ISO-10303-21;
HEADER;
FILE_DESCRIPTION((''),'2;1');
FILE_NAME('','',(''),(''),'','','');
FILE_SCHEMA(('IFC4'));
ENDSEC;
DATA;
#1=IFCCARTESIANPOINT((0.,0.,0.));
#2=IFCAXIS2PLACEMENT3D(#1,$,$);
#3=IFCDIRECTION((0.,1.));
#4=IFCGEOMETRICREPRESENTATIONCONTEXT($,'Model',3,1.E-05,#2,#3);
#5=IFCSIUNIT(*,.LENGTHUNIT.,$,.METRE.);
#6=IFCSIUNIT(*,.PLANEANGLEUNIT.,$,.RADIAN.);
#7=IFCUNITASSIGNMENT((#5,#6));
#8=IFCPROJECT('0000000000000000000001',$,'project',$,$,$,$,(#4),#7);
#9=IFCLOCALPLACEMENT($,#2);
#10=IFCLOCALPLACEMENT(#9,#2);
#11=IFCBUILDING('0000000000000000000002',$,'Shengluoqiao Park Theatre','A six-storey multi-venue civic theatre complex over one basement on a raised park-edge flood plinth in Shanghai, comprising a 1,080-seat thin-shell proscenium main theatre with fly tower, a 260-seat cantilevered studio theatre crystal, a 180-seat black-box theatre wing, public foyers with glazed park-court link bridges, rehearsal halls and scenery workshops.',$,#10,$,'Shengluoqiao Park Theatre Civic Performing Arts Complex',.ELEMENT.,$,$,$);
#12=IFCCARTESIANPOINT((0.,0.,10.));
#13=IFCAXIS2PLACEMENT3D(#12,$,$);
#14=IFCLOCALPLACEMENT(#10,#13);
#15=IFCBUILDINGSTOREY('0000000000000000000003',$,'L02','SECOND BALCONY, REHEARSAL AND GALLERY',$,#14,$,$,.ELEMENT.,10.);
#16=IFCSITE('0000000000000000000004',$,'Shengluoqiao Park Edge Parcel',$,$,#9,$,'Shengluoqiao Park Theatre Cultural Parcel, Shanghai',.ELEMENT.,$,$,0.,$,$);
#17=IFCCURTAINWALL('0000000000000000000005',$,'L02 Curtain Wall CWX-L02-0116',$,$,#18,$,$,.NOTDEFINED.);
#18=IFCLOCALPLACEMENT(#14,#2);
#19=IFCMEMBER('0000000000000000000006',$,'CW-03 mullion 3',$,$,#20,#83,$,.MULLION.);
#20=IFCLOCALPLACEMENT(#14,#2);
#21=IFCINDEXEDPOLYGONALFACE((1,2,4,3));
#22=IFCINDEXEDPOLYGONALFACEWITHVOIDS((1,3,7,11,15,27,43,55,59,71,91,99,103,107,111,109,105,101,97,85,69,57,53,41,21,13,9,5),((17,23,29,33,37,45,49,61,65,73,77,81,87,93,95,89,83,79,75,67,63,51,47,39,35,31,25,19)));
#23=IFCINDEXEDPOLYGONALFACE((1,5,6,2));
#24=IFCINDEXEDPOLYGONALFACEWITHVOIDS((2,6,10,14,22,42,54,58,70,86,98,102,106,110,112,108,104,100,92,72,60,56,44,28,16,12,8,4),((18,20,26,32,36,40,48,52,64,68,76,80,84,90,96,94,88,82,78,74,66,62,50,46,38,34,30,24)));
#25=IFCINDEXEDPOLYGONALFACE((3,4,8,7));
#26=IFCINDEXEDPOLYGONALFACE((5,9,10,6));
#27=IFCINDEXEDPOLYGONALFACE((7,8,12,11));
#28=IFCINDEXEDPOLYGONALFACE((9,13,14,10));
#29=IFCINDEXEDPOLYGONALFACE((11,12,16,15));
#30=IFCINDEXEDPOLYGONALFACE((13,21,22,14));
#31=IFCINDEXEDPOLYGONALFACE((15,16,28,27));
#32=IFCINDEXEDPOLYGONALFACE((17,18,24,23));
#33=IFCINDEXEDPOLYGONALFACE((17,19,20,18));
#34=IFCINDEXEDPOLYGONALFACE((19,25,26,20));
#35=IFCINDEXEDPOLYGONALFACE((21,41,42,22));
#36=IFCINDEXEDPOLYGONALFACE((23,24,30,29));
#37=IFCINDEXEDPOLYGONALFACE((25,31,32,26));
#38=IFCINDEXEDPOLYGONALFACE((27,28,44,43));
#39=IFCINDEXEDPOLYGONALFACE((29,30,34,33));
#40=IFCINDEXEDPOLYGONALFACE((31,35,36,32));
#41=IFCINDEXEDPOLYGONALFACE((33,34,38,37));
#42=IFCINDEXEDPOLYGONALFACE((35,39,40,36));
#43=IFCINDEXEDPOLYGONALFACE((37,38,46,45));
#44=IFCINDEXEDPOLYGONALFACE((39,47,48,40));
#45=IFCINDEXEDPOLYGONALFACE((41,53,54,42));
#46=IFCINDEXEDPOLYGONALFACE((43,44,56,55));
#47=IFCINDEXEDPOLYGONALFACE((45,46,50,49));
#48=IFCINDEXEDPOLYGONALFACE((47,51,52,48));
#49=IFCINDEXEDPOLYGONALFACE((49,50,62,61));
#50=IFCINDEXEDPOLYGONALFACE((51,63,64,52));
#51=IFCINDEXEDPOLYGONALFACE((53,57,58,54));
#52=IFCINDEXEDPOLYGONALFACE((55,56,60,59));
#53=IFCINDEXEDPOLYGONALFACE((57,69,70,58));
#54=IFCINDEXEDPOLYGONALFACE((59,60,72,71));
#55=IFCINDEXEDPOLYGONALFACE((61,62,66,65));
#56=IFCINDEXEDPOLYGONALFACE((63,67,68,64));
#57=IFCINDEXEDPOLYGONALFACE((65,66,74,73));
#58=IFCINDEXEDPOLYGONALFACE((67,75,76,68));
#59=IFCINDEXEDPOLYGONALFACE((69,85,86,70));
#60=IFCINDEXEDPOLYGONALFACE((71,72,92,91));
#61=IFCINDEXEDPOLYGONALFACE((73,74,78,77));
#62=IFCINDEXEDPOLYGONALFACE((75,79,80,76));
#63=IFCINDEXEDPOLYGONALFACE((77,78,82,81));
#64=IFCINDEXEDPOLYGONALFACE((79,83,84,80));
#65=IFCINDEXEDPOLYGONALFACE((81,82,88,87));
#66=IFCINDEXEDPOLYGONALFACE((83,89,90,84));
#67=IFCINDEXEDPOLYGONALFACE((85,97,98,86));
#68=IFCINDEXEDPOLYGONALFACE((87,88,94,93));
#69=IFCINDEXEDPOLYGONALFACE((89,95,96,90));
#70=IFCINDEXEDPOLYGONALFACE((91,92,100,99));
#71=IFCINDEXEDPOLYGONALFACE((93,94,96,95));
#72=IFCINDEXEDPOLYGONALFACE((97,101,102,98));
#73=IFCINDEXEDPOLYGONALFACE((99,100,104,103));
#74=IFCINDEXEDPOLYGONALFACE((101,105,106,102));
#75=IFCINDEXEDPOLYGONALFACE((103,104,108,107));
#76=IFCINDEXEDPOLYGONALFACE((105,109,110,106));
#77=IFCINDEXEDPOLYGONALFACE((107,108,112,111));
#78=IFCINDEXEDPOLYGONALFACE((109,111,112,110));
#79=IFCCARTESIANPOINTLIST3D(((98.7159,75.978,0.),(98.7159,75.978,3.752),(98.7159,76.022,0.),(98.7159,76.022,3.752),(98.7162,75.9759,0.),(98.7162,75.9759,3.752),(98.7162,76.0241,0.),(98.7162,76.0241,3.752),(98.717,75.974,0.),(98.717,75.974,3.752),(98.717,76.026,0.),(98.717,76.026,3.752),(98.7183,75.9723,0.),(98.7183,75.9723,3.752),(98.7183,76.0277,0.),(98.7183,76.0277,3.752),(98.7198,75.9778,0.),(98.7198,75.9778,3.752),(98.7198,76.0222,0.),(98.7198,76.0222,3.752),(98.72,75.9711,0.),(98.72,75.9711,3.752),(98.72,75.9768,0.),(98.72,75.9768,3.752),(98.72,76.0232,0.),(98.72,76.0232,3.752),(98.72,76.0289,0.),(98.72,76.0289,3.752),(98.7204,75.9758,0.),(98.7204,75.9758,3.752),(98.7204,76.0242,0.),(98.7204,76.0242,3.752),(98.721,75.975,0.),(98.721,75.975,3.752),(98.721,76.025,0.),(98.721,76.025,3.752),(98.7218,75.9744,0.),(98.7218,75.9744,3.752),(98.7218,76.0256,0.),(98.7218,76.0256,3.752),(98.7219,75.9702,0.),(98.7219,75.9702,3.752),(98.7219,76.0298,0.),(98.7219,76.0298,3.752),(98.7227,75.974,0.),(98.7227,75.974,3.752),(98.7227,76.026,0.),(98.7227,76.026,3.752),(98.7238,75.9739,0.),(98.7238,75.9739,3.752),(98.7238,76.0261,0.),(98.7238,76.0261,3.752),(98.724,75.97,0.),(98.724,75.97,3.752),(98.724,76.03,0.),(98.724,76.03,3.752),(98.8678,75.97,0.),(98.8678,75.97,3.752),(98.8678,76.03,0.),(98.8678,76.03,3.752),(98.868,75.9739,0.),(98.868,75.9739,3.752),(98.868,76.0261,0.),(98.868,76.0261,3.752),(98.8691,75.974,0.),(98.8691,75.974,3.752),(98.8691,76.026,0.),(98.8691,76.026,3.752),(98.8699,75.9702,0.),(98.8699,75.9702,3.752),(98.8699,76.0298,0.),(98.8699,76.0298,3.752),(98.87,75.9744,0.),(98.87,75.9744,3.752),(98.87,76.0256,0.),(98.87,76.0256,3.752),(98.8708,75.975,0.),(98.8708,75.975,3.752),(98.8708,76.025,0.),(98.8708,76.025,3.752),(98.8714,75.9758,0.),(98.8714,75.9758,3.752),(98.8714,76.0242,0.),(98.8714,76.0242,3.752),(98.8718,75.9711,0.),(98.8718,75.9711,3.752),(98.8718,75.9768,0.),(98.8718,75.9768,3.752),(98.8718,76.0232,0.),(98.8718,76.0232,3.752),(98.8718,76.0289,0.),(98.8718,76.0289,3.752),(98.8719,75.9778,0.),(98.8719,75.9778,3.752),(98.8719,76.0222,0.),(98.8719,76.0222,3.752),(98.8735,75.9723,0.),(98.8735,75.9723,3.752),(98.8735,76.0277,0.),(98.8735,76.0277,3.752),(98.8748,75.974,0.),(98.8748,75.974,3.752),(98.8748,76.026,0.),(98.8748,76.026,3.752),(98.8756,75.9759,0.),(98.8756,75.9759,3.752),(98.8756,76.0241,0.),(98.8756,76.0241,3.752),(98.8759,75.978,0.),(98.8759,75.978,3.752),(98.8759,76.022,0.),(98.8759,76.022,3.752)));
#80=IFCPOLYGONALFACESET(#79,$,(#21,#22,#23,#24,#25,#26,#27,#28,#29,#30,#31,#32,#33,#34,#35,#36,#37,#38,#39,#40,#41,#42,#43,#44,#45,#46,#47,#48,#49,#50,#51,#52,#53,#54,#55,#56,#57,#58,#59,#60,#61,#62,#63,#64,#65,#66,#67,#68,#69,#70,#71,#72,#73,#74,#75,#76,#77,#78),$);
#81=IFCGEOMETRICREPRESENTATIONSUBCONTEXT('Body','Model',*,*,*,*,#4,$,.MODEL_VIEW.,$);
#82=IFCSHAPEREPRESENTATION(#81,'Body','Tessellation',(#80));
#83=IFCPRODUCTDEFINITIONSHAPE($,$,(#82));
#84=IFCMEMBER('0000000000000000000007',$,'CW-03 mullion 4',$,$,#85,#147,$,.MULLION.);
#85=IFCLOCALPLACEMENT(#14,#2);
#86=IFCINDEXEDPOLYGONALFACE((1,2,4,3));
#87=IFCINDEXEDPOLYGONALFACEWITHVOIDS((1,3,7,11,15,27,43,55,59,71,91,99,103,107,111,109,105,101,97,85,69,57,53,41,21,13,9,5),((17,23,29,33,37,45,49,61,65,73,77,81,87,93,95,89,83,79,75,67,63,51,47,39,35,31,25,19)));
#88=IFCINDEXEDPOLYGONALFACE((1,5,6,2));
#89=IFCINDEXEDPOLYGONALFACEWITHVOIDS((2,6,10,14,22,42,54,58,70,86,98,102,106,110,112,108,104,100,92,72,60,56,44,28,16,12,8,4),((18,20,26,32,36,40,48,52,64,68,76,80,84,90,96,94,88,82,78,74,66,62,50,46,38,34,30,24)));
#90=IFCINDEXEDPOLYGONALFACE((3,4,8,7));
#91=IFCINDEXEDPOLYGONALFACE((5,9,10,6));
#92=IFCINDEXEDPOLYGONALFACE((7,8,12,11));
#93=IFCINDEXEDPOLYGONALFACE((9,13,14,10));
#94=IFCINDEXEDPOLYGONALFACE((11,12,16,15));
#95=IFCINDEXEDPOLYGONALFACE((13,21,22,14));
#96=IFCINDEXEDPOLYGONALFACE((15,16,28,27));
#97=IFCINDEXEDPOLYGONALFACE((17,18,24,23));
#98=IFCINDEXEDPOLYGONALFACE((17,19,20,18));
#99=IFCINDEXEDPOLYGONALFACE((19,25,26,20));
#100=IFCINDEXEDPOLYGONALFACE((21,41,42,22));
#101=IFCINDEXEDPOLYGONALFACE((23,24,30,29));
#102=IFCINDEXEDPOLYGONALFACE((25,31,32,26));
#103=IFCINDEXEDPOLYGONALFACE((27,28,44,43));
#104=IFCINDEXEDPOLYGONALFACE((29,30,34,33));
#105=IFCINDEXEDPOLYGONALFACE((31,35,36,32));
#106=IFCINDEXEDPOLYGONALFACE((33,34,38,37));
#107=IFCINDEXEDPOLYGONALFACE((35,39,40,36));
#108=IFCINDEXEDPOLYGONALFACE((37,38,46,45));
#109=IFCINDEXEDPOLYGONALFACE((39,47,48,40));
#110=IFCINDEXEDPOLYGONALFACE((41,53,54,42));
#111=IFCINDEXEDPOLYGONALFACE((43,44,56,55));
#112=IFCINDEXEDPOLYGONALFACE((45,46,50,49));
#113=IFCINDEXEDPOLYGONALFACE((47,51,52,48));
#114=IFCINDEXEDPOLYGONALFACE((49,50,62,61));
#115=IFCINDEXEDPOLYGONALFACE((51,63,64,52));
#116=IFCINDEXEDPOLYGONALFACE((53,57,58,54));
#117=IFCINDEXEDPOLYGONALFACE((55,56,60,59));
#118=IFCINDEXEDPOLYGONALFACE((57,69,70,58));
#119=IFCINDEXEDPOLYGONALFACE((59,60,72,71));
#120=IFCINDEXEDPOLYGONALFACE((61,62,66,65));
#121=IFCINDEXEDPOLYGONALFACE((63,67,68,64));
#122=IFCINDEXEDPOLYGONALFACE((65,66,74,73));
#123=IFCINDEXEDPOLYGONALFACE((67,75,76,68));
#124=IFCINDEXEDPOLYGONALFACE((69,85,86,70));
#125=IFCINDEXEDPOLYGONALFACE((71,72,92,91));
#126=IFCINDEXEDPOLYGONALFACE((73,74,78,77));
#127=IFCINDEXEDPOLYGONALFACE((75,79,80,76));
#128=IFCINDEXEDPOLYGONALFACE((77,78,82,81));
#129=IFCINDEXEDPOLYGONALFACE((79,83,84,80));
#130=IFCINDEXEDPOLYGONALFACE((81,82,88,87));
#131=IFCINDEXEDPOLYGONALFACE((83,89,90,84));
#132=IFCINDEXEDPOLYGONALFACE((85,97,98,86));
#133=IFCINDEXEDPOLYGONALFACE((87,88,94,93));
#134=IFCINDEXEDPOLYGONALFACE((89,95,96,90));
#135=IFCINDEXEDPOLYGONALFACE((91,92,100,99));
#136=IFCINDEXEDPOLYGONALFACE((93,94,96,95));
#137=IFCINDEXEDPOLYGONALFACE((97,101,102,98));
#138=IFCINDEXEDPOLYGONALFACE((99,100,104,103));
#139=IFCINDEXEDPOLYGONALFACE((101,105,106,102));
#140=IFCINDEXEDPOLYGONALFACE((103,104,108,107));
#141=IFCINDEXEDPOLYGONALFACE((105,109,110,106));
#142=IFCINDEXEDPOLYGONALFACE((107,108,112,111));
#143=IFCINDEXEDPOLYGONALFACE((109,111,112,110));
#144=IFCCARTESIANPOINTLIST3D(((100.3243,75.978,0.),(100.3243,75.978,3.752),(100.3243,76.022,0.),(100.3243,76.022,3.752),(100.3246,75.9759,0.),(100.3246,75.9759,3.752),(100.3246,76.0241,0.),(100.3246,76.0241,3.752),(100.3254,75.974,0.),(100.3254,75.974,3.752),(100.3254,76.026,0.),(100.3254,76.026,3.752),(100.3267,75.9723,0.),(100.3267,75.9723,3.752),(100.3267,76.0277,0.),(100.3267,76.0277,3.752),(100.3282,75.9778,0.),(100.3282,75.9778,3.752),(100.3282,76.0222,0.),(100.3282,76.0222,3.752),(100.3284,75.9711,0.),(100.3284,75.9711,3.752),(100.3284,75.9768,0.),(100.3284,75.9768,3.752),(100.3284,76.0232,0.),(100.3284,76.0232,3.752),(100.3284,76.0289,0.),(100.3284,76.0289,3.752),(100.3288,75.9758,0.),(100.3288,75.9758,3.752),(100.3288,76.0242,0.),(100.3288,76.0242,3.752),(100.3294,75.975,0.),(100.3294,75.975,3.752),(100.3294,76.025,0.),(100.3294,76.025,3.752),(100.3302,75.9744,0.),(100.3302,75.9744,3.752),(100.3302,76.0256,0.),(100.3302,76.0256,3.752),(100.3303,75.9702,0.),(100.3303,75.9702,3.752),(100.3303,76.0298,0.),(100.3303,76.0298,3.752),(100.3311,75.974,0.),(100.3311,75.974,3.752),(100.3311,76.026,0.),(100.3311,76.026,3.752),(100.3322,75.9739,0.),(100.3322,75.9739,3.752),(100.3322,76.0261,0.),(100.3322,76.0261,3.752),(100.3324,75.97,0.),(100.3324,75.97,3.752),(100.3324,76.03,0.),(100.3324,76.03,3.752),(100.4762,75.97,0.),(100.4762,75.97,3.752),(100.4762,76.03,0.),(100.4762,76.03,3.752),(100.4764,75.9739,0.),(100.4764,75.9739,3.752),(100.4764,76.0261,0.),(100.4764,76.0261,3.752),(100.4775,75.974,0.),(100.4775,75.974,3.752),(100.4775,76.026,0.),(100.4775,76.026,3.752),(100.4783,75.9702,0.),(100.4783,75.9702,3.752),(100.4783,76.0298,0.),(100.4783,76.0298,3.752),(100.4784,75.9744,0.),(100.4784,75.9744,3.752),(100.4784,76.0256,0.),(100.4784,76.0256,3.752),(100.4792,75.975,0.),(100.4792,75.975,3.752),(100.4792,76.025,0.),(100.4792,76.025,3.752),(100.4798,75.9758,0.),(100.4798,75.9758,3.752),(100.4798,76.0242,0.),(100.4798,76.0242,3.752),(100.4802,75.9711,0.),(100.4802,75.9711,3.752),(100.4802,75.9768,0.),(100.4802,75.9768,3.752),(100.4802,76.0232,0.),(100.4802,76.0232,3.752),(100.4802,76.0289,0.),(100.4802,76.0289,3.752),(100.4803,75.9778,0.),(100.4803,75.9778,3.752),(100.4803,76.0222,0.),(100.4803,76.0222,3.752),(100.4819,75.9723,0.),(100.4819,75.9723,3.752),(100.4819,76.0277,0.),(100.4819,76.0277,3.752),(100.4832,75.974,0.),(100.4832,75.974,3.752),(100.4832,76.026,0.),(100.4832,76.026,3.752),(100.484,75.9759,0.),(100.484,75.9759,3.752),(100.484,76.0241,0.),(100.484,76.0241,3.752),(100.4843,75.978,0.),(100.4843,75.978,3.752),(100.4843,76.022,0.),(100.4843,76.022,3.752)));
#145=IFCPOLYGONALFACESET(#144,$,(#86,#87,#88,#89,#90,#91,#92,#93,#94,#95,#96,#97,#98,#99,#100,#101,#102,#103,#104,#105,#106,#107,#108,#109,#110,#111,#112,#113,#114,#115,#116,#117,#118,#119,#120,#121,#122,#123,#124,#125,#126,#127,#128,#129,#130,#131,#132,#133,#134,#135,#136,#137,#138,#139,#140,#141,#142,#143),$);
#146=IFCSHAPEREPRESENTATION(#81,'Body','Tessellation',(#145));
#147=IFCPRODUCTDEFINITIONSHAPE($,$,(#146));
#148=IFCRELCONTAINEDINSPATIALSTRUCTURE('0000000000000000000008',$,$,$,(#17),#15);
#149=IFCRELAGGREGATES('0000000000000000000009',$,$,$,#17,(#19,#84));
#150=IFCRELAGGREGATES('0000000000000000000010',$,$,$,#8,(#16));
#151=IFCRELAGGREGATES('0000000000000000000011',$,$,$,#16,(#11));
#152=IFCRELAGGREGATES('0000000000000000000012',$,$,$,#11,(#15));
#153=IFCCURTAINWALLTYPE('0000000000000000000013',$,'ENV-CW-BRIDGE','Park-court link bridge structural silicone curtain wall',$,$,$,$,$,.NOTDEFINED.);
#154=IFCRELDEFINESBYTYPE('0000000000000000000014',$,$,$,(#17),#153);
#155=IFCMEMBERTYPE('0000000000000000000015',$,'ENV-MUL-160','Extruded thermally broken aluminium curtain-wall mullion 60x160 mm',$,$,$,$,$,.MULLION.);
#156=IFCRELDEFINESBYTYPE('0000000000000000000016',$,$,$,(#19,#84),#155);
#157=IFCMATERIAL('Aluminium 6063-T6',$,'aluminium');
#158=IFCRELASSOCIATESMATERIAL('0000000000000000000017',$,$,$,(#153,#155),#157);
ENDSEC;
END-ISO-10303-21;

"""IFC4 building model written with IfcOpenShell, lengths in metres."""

from ifc_helpers import new_model, si_unit, direction, frame, origin, origin_2d, place, context, subcontext, project, spatial, hollow_rectangle, extrude, material, material_profile, profile_set, type_object, element, aggregate, save


model = new_model("IFC4")

# Units and contexts
model_context = context("Model", 3, precision=1e-05, world=origin(), true_north=direction((0.0, 1.0)))
body_context = subcontext(model_context, "Body", "Model", "MODEL_VIEW")
ifc_project = project(units=[si_unit("LENGTHUNIT", "METRE"), si_unit("PLANEANGLEUNIT", "RADIAN")], contexts=[model_context])

# Site, building, storey
site_placement = place(None, origin())
site = spatial("IfcSite", under=ifc_project, at=site_placement, Name="Shengluoqiao Park Edge Parcel", LongName="Shengluoqiao Park Theatre Cultural Parcel, Shanghai", CompositionType="ELEMENT", RefElevation=0.0)
building_placement = place(site_placement, origin())
building = spatial("IfcBuilding", under=site, at=building_placement, Name="Shengluoqiao Park Theatre", Description="A six-storey multi-venue civic theatre complex over one basement on a raised park-edge flood plinth in Shanghai, comprising a 1,080-seat thin-shell proscenium main theatre with fly tower, a 260-seat cantilevered studio theatre crystal, a 180-seat black-box theatre wing, public foyers with glazed park-court link bridges, rehearsal halls and scenery workshops.", LongName="Shengluoqiao Park Theatre Civic Performing Arts Complex", CompositionType="ELEMENT")
storey_placement = place(building_placement, frame((0.0, 0.0, 10.0)))
storey = spatial("IfcBuildingStorey", under=building, at=storey_placement, Name="L02", Description="SECOND BALCONY, REHEARSAL AND GALLERY", CompositionType="ELEMENT", Elevation=10.0)

# Curtain wall, members
ifc_material_1 = material(Name="Aluminium 6063-T6", Category="aluminium")
curtain_wall_type = type_object("IfcCurtainWallType", Name="ENV-CW-BRIDGE", Description="Park-court link bridge structural silicone curtain wall", PredefinedType="NOTDEFINED", material=ifc_material_1)
curtain_wall_placement = place(storey_placement, origin())
curtain_wall = element("IfcCurtainWall", 1, at=curtain_wall_placement, inside=storey, type_object=curtain_wall_type, Name="L02 Curtain Wall CWX-L02-0116", PredefinedType="NOTDEFINED")
ifc_material_profile_1 = material_profile(ifc_material_1, hollow_rectangle(XDim=0.0601, YDim=0.1599, WallThickness=0.0039, InnerFilletRadius=0.0039, OuterFilletRadius=0.0081, at=origin_2d()), Name="ALU MULLION 160x60x4")
ifc_profile_set_1 = profile_set([ifc_material_profile_1], Name="Aluminium 6063-T6")
member_type_1 = type_object("IfcMemberType", Name="ENV-MUL-160", Description="Extruded thermally broken aluminium curtain-wall mullion 60x160 mm", PredefinedType="MULLION", material=ifc_profile_set_1)
member_1_placement = place(storey_placement, frame((98.7959, 76.0, 0.0), z_axis=(0.0, 0.0, 1.0), x_axis=(0.0, 1.0, 0.0)))
member_1 = element("IfcMember", 2, at=member_1_placement, type_object=member_type_1, Name="CW-03 mullion 3", PredefinedType="MULLION", context=body_context, shape_type="SweptSolid", body=[
    extrude(hollow_rectangle(XDim=0.0601, YDim=0.1599, WallThickness=0.0039, InnerFilletRadius=0.0039, OuterFilletRadius=0.0081, at=origin_2d()), origin(), (0.0, 0.0, 1.0), 3.752),
])
member_2_placement = place(storey_placement, frame((100.4043, 76.0, 0.0), z_axis=(0.0, 0.0, 1.0), x_axis=(0.0, 1.0, 0.0)))
member_2 = element("IfcMember", 3, at=member_2_placement, type_object=member_type_1, Name="CW-03 mullion 4", PredefinedType="MULLION", context=body_context, shape_type="SweptSolid", body=[
    extrude(hollow_rectangle(XDim=0.0601, YDim=0.1599, WallThickness=0.0039, InnerFilletRadius=0.0039, OuterFilletRadius=0.0081, at=origin_2d()), origin(), (0.0, 0.0, 1.0), 3.752),
])
aggregate(curtain_wall, [member_1, member_2])

save(model, "model.ifc")
